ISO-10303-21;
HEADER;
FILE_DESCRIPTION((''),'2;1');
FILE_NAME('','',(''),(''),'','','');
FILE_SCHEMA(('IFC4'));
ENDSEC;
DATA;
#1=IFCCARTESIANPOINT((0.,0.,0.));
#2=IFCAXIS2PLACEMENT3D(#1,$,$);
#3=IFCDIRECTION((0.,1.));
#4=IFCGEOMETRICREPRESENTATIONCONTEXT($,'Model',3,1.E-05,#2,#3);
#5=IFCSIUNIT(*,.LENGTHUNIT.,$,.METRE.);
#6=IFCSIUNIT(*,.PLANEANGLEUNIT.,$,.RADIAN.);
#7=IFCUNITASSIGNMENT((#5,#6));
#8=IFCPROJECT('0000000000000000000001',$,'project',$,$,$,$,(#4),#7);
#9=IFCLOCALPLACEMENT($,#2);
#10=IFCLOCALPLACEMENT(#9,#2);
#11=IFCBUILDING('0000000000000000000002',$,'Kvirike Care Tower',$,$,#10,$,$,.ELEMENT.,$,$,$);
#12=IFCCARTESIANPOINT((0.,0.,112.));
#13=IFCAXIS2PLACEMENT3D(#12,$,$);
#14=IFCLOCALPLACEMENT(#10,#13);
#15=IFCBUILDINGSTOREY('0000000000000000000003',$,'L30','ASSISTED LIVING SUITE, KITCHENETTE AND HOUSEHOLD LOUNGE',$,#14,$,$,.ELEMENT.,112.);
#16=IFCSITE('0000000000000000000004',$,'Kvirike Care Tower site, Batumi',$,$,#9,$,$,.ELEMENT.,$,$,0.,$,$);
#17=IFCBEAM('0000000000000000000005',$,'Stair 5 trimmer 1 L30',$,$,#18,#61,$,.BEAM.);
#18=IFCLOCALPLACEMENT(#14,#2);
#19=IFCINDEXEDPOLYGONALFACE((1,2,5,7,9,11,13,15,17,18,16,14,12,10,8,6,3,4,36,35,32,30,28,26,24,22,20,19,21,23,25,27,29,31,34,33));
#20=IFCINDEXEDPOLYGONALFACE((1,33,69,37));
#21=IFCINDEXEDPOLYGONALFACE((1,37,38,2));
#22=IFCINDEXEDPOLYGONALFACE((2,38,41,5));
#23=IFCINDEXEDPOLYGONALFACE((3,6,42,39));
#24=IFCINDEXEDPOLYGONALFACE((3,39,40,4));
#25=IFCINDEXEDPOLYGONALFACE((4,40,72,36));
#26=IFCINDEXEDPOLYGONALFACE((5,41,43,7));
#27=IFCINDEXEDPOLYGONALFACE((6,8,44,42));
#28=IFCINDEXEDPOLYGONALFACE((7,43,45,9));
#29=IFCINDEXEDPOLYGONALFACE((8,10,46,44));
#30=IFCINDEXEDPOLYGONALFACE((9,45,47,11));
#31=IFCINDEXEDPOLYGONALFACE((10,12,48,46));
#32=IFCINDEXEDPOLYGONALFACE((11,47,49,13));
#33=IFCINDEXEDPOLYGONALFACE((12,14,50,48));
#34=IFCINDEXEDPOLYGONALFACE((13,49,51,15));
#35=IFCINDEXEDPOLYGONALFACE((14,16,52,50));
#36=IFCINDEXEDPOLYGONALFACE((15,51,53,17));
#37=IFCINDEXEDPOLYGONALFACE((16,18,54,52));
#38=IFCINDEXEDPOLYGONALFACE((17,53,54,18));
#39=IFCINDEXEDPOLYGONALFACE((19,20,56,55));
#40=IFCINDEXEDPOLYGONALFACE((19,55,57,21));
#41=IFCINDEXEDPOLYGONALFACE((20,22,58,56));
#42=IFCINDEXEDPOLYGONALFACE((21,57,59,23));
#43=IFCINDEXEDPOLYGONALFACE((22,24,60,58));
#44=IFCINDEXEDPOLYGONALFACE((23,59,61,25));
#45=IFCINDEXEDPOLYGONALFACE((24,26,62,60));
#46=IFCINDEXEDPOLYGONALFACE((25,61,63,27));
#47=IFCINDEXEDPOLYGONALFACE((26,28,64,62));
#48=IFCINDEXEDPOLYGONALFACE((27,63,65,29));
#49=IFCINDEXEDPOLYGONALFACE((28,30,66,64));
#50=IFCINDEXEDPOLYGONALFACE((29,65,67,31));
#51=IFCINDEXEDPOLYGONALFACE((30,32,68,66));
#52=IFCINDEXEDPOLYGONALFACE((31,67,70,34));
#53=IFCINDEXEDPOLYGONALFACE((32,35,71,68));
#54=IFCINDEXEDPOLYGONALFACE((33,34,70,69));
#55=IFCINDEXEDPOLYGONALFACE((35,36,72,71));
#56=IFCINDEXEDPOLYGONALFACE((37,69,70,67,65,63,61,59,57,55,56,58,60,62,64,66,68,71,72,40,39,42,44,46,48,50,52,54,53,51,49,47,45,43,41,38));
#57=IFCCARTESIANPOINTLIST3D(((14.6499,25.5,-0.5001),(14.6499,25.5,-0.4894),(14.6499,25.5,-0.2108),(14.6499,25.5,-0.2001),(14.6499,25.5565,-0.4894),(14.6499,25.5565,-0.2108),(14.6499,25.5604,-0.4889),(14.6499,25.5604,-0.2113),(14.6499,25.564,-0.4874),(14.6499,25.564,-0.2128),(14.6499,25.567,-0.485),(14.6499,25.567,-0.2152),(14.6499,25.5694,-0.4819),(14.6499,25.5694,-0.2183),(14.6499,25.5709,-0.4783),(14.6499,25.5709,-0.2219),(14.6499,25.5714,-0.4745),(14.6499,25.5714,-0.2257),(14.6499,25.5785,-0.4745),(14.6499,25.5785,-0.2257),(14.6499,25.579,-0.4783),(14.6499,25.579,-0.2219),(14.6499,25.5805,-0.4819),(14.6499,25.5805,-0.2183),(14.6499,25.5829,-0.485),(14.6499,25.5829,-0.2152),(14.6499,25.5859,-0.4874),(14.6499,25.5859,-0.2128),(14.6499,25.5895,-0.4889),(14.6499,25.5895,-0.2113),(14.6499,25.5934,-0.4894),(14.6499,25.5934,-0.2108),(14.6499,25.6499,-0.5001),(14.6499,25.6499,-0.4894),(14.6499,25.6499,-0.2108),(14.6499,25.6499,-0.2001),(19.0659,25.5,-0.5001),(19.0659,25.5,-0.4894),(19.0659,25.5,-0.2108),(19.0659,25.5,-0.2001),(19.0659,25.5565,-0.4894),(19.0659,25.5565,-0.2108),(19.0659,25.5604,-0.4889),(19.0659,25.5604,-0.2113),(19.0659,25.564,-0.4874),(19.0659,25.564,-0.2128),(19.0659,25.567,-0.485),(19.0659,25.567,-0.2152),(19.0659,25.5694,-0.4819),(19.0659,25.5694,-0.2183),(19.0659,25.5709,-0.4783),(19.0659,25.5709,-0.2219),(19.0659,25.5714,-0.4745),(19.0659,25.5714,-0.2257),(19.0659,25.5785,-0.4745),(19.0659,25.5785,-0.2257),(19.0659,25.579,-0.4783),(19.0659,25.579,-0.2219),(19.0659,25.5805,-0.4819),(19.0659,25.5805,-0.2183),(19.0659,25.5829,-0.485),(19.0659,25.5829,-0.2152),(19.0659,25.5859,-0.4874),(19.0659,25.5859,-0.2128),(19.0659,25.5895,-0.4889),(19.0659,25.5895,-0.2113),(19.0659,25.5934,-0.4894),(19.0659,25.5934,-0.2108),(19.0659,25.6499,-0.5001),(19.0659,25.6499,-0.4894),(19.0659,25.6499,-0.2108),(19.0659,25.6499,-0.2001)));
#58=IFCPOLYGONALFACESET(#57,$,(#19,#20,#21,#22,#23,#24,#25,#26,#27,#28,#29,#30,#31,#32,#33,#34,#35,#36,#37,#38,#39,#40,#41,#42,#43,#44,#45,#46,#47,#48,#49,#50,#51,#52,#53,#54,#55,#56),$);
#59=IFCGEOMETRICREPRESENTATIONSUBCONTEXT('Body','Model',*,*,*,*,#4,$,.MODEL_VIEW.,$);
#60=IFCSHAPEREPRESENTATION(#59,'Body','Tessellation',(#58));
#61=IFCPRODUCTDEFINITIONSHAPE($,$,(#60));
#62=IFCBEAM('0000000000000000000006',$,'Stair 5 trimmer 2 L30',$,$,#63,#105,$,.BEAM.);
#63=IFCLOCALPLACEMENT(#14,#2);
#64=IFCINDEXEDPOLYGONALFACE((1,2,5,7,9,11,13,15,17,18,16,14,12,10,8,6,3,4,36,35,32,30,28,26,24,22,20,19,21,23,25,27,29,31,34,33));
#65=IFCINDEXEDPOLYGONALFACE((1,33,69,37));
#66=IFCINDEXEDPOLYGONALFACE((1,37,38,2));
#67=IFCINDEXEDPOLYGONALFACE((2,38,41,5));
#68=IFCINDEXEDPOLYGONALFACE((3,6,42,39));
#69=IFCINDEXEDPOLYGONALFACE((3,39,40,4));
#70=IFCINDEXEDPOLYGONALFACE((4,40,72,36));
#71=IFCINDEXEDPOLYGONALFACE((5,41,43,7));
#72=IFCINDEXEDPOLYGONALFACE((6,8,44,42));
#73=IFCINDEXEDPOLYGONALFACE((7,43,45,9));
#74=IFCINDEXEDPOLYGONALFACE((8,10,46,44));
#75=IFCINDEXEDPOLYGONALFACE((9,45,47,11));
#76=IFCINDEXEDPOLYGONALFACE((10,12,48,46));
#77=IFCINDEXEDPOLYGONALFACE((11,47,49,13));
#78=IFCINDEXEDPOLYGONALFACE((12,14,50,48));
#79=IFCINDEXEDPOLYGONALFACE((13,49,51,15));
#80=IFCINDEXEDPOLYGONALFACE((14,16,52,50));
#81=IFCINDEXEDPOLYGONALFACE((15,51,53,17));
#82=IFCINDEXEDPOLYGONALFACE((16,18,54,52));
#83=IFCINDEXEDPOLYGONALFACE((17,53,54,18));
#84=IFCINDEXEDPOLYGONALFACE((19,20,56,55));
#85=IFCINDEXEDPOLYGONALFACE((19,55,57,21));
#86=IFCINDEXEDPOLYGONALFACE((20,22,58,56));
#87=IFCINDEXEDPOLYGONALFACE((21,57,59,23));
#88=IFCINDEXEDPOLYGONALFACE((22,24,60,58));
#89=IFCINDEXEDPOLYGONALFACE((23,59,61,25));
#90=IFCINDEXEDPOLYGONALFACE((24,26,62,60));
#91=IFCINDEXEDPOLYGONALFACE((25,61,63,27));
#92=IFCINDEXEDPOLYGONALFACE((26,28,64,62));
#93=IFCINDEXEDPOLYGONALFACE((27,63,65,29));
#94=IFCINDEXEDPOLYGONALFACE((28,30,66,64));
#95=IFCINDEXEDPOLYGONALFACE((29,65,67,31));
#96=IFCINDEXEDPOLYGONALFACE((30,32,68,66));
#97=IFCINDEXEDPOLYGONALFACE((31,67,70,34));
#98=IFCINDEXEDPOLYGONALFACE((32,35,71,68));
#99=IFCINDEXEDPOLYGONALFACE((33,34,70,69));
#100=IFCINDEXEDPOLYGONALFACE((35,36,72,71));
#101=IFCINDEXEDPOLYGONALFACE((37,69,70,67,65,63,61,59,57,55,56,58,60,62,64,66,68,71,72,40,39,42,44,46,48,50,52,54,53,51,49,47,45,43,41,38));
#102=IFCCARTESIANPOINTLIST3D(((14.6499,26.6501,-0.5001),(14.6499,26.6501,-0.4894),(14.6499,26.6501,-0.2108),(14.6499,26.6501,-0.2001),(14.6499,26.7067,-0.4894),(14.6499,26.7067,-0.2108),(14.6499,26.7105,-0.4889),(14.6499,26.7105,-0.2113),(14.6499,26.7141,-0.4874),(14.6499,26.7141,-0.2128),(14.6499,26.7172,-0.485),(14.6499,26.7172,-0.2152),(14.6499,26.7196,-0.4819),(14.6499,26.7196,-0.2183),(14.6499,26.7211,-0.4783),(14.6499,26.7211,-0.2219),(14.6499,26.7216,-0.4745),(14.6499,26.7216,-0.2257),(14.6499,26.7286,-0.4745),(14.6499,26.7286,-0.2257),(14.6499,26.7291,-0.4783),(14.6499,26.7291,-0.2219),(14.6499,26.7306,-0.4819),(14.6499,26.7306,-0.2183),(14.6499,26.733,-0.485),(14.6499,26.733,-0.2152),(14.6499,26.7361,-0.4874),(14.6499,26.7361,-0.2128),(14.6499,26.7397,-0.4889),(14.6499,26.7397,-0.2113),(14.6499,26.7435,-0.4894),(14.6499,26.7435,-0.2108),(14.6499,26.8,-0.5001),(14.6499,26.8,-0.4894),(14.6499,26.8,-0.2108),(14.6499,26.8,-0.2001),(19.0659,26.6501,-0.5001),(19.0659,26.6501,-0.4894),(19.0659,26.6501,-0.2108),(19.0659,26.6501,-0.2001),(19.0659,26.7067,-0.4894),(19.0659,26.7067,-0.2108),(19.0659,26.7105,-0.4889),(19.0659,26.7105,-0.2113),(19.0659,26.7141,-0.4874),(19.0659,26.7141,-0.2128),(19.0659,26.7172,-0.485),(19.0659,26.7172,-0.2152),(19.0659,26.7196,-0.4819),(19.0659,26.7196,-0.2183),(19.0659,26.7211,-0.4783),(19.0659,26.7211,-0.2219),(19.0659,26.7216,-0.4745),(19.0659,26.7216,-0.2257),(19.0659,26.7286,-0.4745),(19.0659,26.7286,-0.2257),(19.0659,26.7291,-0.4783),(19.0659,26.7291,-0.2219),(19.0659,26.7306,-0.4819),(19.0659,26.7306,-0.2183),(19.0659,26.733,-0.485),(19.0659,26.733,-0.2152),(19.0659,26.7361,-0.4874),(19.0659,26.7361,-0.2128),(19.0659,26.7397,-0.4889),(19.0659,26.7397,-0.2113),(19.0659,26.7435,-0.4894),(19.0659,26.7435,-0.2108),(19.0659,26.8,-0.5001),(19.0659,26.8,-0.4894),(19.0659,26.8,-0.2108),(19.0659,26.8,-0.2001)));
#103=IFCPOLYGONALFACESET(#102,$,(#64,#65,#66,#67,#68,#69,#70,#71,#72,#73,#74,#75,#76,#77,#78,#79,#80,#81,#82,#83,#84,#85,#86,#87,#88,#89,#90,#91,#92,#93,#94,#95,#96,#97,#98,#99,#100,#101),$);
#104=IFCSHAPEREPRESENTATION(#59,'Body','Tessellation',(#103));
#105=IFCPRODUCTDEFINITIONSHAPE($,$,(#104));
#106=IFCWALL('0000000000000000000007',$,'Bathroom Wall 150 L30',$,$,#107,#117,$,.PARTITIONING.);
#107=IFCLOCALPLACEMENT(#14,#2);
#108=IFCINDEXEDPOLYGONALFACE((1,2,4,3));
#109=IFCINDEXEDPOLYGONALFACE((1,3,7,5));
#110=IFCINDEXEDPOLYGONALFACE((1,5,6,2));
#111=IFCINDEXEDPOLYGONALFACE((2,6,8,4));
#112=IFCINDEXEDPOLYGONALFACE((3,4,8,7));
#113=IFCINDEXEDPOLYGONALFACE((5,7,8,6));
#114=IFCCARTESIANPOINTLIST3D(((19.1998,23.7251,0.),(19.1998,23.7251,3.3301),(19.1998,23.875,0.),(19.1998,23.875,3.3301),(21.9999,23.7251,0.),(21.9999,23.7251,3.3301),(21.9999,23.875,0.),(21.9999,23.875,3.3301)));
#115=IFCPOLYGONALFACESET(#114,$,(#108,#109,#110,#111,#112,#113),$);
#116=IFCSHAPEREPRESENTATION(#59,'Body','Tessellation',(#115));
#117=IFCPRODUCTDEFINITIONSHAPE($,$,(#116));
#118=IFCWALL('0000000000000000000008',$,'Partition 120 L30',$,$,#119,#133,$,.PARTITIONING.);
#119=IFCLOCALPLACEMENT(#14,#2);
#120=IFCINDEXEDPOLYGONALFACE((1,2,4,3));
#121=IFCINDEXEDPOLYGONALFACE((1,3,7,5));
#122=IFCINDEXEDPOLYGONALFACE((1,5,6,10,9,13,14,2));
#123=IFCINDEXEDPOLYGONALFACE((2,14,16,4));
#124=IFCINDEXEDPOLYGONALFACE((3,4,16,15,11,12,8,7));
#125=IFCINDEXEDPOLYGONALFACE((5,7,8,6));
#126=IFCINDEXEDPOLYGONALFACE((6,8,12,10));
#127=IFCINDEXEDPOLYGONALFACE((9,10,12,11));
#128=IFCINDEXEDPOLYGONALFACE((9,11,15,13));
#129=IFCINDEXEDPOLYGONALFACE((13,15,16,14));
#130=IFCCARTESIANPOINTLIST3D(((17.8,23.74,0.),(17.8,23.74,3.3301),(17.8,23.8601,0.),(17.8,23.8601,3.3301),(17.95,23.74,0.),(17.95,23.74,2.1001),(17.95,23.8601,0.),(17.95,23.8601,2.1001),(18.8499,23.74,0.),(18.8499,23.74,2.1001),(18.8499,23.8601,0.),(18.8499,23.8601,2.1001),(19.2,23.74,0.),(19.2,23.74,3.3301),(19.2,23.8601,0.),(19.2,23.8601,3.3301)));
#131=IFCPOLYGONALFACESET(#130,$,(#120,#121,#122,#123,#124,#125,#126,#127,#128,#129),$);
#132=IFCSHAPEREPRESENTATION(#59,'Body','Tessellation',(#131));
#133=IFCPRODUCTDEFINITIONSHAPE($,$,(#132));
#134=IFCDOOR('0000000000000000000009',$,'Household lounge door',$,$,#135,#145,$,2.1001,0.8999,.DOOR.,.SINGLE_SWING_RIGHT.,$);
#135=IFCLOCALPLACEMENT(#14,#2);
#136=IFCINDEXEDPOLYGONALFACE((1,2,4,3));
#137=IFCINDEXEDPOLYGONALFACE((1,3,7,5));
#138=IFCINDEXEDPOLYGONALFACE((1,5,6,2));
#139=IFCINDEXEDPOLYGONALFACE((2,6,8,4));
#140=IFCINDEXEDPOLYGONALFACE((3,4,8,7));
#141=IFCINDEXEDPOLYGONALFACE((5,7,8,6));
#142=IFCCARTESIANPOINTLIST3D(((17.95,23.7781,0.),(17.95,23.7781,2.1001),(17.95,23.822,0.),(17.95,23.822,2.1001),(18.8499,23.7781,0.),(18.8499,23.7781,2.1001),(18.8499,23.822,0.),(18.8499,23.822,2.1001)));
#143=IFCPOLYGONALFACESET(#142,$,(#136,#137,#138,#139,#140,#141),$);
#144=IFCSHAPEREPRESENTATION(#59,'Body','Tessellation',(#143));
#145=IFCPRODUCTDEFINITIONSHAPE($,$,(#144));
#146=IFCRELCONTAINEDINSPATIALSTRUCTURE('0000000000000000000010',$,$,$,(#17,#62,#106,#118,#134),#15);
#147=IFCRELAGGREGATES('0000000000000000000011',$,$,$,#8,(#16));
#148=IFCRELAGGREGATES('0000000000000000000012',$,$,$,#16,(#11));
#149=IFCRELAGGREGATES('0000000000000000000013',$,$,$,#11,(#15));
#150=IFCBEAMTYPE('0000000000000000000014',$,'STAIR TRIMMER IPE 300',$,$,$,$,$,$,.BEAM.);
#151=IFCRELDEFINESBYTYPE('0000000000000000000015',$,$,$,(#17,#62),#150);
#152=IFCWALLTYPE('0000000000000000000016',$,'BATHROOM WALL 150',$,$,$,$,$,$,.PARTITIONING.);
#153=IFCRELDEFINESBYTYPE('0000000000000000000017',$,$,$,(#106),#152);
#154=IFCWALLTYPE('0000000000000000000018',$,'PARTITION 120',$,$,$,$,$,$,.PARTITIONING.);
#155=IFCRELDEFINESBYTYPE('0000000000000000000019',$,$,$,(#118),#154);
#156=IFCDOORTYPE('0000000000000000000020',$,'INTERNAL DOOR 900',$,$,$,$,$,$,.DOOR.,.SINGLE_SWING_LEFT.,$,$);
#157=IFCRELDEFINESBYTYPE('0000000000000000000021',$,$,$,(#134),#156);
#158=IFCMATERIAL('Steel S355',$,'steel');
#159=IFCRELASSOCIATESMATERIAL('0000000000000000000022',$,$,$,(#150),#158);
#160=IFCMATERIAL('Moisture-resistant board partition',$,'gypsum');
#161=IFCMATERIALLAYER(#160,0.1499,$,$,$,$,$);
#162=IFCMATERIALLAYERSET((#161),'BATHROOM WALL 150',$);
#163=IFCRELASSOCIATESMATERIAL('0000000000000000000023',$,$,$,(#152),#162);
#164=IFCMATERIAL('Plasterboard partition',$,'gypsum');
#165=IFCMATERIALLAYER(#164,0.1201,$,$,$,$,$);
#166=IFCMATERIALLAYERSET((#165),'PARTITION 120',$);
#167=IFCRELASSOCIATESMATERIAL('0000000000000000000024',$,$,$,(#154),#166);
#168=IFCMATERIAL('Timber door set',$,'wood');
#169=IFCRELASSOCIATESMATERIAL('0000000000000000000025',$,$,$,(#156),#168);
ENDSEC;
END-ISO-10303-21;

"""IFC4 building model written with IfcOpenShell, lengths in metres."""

from ifc_helpers import new_model, si_unit, direction, frame, frame_2d, origin, origin_2d, place, context, subcontext, project, spatial, rectangle, i_section, extrude, material, layer, layer_set, material_profile, profile_set, type_object, element, fill, save


model = new_model("IFC4")

# Units and contexts
model_context = context("Model", 3, precision=1e-05, world=origin(), true_north=direction((0.0, 1.0)))
body_context = subcontext(model_context, "Body", "Model", "MODEL_VIEW")
ifc_project = project(units=[si_unit("LENGTHUNIT", "METRE"), si_unit("PLANEANGLEUNIT", "RADIAN")], contexts=[model_context])

# Site, building, storey
site_placement = place(None, origin())
site = spatial("IfcSite", under=ifc_project, at=site_placement, Name="Kvirike Care Tower site, Batumi", CompositionType="ELEMENT", RefElevation=0.0)
building_placement = place(site_placement, origin())
building = spatial("IfcBuilding", under=site, at=building_placement, Name="Kvirike Care Tower", CompositionType="ELEMENT")
storey_placement = place(building_placement, frame((0.0, 0.0, 112.0)))
storey = spatial("IfcBuildingStorey", under=building, at=storey_placement, Name="L30", Description="ASSISTED LIVING SUITE, KITCHENETTE AND HOUSEHOLD LOUNGE", CompositionType="ELEMENT", Elevation=112.0)

# Beams
ifc_material_1 = material(Name="Steel S355", Category="steel")
ifc_material_profile_1 = material_profile(ifc_material_1, i_section(OverallWidth=0.1499, OverallDepth=0.3, WebThickness=0.0071, FlangeThickness=0.0107, FilletRadius=0.0149, at=origin_2d()), Name="IPE 300")
ifc_profile_set_1 = profile_set([ifc_material_profile_1], Name="Steel S355")
beam_type_1 = type_object("IfcBeamType", Name="STAIR TRIMMER IPE 300", PredefinedType="BEAM", material=ifc_profile_set_1)
for number, where, z_axis, x_axis, name in (
    (1, (14.6499, 25.575, -0.3501), (1.0, 0.0, 0.0), (0.0, 1.0, 0.0), "Stair 5 trimmer 1 L30"),
    (2, (14.6499, 26.7251, -0.3501), (1.0, 0.0, 0.0), (0.0, 1.0, 0.0), "Stair 5 trimmer 2 L30"),
):
    element("IfcBeam", number, at=place(storey_placement, frame(where, z_axis=z_axis, x_axis=x_axis)), inside=storey, type_object=beam_type_1, Name=name, PredefinedType="BEAM", context=body_context, shape_type="SweptSolid", body=[
        extrude(i_section(OverallWidth=0.1499, OverallDepth=0.3, WebThickness=0.0071, FlangeThickness=0.0107, FilletRadius=0.0149, at=origin_2d()), origin(), (0.0, 0.0, 1.0), 4.416),
    ])

# Wall
ifc_material_2 = material(Name="Moisture-resistant board partition", Category="gypsum")
ifc_layer_1 = layer(ifc_material_2, 0.1499)
ifc_layer_set_1 = layer_set([ifc_layer_1], Name="BATHROOM WALL 150")
wall_type_1 = type_object("IfcWallType", Name="BATHROOM WALL 150", PredefinedType="PARTITIONING", material=ifc_layer_set_1)
wall_1_placement = place(storey_placement, frame((19.2, 23.8, 0.0), z_axis=(0.0, 0.0, 1.0), x_axis=(1.0, 0.0, 0.0)))
element("IfcWall", 3, at=wall_1_placement, inside=storey, type_object=wall_type_1, Name="Bathroom Wall 150 L30", PredefinedType="PARTITIONING", context=body_context, shape_type="SweptSolid", body=[
    extrude(rectangle(XDim=2.8, YDim=0.1499, at=frame_2d((1.3999, 0.0))), origin(), (0.0, 0.0, 1.0), 3.3301),
])

# Wall, opening, door
ifc_material_3 = material(Name="Plasterboard partition", Category="gypsum")
ifc_layer_2 = layer(ifc_material_3, 0.1201)
ifc_layer_set_2 = layer_set([ifc_layer_2], Name="PARTITION 120")
wall_type_2 = type_object("IfcWallType", Name="PARTITION 120", PredefinedType="PARTITIONING", material=ifc_layer_set_2)
wall_2_placement = place(storey_placement, frame((17.8, 23.8, 0.0), z_axis=(0.0, 0.0, 1.0), x_axis=(1.0, 0.0, 0.0)))
wall_2 = element("IfcWall", 4, at=wall_2_placement, inside=storey, type_object=wall_type_2, Name="Partition 120 L30", PredefinedType="PARTITIONING", context=body_context, shape_type="SweptSolid", body=[
    extrude(rectangle(XDim=1.3999, YDim=0.1201, at=frame_2d((0.7, 0.0))), origin(), (0.0, 0.0, 1.0), 3.3301),
])
opening_1_placement = place(wall_2_placement, frame((0.1499, 0.0, 0.0)))
opening_1 = element("IfcOpeningElement", 5, at=opening_1_placement, cuts=wall_2, PredefinedType="OPENING", context=body_context, shape_type="SweptSolid", body=[
    extrude(rectangle(XDim=0.8999, YDim=2.1001, at=frame_2d((0.45, 1.05))), frame((0.0, 0.0706, 0.0), z_axis=(0.0, -1.0, 0.0), x_axis=(1.0, 0.0, 0.0)), (0.0, 0.0, 1.0), 0.1411),
])
ifc_material_4 = material(Name="Timber door set", Category="wood")
door_type_1 = type_object("IfcDoorType", Name="INTERNAL DOOR 900", OperationType="SINGLE_SWING_LEFT", PredefinedType="DOOR", material=ifc_material_4)
door_1_placement = place(opening_1_placement, origin())
door_1 = element("IfcDoor", 6, at=door_1_placement, inside=storey, type_object=door_type_1, Name="Household lounge door", OperationType="SINGLE_SWING_RIGHT", OverallHeight=2.1001, OverallWidth=0.8999, PredefinedType="DOOR", context=body_context, shape_type="SweptSolid", body=[
    extrude(rectangle(XDim=0.8999, YDim=2.1001, at=frame_2d((0.45, 1.05))), frame((0.0, 0.022, 0.0), z_axis=(0.0, -1.0, 0.0), x_axis=(1.0, 0.0, 0.0)), (0.0, 0.0, 1.0), 0.0439),
])
fill(opening_1, door_1)

save(model, "model.ifc")
